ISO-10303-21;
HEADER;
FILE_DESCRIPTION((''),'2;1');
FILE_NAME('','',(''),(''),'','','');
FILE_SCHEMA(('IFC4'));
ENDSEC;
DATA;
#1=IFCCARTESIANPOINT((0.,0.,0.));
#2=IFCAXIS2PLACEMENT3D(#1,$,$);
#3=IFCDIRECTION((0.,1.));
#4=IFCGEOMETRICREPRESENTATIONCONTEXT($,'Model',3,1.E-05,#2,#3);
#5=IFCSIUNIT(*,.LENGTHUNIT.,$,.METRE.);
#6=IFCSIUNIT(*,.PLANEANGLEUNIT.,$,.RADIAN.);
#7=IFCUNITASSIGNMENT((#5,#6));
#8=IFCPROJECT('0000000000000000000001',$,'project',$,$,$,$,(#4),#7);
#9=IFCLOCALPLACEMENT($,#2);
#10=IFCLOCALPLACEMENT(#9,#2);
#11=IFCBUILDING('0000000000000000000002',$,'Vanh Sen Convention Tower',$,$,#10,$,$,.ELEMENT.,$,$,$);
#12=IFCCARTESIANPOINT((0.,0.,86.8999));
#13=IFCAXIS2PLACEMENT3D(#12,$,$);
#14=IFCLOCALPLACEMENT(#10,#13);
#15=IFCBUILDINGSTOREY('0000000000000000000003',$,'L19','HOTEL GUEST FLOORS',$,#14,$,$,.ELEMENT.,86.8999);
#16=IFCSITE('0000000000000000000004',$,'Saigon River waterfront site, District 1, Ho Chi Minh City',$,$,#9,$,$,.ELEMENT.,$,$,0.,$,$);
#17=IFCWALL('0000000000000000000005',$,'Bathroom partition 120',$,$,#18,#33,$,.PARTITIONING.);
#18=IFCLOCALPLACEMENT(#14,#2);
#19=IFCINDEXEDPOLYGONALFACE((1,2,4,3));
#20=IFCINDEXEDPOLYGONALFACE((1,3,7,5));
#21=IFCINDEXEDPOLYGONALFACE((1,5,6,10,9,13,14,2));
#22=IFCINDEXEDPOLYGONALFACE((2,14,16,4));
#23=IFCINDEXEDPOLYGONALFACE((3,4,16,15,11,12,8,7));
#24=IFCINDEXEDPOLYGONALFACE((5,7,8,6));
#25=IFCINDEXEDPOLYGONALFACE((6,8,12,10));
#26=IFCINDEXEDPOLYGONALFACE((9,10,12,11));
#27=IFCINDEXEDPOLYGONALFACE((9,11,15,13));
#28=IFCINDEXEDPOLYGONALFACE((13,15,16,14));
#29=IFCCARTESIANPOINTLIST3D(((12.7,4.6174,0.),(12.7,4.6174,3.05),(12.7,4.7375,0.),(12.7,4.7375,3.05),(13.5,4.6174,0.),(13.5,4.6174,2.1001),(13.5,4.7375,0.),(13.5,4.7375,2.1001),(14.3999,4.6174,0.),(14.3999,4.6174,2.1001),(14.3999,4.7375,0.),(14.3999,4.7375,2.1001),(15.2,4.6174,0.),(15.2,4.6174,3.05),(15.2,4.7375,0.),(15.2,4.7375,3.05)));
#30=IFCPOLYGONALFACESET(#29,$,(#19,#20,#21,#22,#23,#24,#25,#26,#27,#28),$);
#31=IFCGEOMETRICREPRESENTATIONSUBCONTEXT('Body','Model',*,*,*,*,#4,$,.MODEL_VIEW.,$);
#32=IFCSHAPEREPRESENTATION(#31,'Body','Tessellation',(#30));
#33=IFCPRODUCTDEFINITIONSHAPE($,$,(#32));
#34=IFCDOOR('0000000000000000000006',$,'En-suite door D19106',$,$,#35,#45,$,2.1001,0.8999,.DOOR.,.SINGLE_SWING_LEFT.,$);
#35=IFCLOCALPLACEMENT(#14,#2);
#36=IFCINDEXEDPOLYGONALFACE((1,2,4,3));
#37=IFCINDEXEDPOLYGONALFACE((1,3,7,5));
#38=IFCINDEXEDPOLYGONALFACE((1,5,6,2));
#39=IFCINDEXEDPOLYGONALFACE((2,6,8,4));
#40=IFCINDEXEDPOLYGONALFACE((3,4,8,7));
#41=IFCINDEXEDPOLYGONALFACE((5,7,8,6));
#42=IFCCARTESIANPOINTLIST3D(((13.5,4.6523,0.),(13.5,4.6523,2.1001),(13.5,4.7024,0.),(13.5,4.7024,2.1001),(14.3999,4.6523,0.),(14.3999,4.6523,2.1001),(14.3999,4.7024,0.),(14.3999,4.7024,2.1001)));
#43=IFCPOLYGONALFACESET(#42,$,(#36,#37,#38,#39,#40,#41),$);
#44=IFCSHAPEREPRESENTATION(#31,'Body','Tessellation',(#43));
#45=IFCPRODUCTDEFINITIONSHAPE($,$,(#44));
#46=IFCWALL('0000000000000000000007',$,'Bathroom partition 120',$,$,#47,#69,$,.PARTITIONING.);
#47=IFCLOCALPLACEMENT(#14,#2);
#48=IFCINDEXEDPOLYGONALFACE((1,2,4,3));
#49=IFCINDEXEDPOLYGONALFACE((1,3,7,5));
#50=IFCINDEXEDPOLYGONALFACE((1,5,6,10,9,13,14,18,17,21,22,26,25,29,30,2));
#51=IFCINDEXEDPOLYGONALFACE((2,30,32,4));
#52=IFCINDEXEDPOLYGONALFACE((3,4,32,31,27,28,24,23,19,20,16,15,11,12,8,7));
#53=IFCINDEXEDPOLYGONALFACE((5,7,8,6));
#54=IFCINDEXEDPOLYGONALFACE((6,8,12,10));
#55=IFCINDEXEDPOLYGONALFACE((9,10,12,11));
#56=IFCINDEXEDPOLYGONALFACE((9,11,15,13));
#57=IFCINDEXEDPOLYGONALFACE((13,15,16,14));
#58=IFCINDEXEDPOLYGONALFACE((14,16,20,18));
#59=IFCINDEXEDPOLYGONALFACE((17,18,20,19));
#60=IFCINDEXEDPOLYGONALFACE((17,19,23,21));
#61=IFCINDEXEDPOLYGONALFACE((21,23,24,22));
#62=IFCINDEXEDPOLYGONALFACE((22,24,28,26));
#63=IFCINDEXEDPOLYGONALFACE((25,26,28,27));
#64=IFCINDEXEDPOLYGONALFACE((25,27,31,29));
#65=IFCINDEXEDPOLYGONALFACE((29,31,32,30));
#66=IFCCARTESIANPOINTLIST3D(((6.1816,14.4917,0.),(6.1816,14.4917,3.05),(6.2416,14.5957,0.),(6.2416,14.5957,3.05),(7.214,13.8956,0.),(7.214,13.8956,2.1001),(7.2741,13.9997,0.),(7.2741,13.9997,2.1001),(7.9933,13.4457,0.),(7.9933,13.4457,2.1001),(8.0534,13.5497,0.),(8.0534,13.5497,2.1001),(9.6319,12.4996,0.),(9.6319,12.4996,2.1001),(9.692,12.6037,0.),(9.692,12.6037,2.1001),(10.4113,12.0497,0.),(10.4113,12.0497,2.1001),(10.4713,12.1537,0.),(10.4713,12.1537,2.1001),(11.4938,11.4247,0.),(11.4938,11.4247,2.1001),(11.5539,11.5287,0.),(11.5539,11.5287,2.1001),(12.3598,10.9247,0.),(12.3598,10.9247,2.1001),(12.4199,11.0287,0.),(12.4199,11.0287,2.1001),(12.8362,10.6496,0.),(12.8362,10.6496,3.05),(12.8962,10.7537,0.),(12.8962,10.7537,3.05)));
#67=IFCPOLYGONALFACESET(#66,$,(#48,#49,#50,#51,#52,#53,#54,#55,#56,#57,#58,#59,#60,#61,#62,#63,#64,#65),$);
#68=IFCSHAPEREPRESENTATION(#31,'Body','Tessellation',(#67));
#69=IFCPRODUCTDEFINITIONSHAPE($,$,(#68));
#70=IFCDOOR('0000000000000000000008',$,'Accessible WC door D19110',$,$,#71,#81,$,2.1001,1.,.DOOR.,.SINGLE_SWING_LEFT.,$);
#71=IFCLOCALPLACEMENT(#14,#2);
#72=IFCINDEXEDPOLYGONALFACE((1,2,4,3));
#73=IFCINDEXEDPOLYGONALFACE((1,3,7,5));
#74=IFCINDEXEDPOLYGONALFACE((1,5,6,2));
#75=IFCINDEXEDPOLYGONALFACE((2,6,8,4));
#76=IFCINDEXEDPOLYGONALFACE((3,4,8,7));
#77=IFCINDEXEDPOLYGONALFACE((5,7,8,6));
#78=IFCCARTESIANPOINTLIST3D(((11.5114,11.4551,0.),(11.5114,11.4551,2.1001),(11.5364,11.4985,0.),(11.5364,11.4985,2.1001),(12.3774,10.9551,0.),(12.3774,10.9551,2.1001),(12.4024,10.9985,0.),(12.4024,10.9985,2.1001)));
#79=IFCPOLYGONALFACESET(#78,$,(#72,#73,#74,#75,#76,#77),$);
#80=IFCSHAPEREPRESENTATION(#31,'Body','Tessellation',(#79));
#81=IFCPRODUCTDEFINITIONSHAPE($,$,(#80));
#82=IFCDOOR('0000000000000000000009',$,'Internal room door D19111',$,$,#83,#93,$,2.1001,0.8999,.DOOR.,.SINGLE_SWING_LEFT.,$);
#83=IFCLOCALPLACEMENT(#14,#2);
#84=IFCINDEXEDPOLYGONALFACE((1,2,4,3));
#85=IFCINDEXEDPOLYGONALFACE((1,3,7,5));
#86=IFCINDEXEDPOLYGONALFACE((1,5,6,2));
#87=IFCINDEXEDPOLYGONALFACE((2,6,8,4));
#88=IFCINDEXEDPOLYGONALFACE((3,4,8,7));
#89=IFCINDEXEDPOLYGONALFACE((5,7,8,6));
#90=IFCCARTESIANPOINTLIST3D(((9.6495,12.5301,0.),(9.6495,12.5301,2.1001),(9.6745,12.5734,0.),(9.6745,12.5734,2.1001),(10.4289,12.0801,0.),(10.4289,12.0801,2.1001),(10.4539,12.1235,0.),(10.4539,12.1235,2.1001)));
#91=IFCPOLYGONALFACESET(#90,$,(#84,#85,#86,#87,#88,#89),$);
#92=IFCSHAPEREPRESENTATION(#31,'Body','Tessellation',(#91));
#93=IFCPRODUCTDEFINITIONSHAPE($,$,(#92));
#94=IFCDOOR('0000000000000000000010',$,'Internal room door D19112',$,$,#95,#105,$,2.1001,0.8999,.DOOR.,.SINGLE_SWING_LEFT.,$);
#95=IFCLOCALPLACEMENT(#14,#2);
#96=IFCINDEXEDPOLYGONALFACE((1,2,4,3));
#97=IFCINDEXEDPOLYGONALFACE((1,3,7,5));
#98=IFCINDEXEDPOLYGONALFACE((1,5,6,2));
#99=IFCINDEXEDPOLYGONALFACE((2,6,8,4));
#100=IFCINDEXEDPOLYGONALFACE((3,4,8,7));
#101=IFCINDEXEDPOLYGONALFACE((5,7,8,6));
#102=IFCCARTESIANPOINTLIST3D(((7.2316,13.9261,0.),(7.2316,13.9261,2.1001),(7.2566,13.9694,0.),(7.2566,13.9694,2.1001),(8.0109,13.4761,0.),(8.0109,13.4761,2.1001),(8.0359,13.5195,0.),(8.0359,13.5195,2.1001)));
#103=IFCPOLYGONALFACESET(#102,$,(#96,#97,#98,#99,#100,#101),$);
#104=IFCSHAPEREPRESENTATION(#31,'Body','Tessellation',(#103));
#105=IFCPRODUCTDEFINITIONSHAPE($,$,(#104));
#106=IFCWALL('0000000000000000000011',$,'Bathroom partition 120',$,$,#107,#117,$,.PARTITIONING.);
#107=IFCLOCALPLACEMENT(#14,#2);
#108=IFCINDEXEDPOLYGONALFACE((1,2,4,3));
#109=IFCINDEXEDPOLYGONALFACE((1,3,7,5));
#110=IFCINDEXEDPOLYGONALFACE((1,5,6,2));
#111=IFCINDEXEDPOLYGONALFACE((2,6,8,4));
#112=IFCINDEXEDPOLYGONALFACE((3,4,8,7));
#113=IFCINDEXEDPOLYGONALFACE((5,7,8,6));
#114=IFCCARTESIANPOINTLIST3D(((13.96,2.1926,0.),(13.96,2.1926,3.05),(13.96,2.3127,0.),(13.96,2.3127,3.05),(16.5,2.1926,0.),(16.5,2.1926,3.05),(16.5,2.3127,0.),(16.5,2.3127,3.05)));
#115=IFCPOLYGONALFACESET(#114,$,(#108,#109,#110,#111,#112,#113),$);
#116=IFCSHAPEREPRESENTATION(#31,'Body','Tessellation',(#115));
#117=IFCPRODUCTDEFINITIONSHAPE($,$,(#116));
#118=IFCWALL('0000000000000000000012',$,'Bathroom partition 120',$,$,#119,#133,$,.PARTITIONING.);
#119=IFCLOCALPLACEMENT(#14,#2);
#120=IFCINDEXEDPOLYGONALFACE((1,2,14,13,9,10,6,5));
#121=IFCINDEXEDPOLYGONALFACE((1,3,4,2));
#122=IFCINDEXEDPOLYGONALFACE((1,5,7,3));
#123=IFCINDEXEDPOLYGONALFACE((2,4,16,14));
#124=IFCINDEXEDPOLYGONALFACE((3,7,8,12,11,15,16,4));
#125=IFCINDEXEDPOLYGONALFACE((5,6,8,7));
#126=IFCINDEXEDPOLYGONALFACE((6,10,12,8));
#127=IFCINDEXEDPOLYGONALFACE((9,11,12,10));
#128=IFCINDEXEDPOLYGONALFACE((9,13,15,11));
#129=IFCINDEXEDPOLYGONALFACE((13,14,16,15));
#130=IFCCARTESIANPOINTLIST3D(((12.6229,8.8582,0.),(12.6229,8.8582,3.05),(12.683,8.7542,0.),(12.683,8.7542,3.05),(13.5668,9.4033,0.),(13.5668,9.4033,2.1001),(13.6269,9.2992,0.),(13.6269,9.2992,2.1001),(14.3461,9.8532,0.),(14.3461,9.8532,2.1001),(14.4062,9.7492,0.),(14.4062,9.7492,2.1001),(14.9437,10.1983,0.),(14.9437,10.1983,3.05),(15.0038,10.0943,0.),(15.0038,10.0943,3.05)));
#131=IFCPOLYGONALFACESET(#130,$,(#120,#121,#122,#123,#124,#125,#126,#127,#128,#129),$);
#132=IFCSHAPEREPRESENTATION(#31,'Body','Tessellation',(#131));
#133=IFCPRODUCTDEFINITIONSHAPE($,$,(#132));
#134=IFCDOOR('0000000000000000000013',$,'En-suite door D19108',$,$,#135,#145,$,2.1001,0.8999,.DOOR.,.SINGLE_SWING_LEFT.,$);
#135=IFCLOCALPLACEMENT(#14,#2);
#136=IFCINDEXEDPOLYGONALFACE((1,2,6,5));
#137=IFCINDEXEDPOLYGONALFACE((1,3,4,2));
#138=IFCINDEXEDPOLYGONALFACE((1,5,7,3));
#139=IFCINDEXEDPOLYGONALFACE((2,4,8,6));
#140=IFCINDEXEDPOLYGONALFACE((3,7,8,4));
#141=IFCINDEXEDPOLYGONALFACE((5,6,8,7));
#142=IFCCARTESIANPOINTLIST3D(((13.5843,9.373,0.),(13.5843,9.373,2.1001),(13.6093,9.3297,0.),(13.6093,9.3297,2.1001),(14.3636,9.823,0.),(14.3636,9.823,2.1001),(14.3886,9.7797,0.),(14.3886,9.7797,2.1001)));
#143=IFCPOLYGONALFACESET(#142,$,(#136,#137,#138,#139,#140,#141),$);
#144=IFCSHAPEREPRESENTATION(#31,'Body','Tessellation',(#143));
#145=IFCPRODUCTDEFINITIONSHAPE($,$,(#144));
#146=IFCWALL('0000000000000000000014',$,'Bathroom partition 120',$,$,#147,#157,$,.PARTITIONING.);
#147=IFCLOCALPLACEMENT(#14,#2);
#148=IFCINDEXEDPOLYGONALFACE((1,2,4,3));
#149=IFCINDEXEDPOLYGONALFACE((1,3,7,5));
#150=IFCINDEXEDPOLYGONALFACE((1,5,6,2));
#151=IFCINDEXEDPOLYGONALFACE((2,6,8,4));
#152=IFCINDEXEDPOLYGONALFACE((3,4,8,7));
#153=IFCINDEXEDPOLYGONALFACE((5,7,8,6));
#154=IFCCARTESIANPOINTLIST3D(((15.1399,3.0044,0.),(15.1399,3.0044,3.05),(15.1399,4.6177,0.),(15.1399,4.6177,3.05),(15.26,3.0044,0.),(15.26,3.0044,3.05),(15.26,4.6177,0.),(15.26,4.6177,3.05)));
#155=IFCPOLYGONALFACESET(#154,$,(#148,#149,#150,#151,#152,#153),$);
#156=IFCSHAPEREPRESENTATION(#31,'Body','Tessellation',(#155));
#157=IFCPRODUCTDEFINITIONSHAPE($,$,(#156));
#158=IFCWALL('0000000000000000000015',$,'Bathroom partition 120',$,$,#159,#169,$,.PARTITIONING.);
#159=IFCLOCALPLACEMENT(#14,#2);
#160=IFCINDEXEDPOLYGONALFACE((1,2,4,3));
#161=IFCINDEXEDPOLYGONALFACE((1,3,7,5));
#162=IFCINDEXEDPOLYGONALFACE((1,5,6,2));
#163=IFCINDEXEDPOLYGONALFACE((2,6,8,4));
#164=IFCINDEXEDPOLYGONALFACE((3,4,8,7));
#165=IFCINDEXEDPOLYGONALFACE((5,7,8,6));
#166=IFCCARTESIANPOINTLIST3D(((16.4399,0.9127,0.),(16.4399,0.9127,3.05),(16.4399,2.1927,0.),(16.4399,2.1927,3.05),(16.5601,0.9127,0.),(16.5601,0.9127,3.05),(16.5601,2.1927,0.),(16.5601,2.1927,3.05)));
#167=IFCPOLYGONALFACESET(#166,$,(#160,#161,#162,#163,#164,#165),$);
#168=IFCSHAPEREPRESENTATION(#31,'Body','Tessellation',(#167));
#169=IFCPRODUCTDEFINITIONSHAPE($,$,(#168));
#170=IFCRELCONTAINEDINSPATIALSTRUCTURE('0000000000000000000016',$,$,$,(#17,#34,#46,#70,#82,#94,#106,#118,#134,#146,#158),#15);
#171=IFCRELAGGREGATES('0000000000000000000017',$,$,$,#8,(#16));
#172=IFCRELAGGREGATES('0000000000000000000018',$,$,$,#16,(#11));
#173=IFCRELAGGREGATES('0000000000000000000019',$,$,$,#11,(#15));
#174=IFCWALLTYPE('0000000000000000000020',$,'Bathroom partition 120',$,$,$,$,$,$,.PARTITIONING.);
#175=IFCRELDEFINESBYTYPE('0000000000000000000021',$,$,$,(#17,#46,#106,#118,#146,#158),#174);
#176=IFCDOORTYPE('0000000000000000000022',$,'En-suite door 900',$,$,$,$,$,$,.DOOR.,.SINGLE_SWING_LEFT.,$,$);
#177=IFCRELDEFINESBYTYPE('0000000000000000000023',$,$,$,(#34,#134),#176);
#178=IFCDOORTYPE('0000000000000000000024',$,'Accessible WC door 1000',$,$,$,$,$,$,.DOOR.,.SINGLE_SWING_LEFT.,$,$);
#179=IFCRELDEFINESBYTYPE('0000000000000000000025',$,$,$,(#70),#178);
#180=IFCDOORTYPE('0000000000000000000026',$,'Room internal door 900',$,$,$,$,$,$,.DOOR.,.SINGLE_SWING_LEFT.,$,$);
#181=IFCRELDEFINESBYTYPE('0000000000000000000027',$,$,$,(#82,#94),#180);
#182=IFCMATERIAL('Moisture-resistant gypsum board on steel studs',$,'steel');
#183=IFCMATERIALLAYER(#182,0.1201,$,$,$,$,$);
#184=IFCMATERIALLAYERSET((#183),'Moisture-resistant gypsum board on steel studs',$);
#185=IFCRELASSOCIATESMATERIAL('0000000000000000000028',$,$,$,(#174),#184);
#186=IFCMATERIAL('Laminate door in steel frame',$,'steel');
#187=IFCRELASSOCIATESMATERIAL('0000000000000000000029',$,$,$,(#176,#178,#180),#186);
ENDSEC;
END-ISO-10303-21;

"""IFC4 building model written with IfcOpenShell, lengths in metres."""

from ifc_helpers import new_model, si_unit, direction, frame, frame_2d, origin, place, context, subcontext, project, spatial, rectangle, extrude, material, layer, layer_set, type_object, element, fill, save


model = new_model("IFC4")

# Units and contexts
model_context = context("Model", 3, precision=1e-05, world=origin(), true_north=direction((0.0, 1.0)))
body_context = subcontext(model_context, "Body", "Model", "MODEL_VIEW")
ifc_project = project(units=[si_unit("LENGTHUNIT", "METRE"), si_unit("PLANEANGLEUNIT", "RADIAN")], contexts=[model_context])

# Site, building, storey
site_placement = place(None, origin())
site = spatial("IfcSite", under=ifc_project, at=site_placement, Name="Saigon River waterfront site, District 1, Ho Chi Minh City", CompositionType="ELEMENT", RefElevation=0.0)
building_placement = place(site_placement, origin())
building = spatial("IfcBuilding", under=site, at=building_placement, Name="Vanh Sen Convention Tower", CompositionType="ELEMENT")
storey_placement = place(building_placement, frame((0.0, 0.0, 86.8999)))
storey = spatial("IfcBuildingStorey", under=building, at=storey_placement, Name="L19", Description="HOTEL GUEST FLOORS", CompositionType="ELEMENT", Elevation=86.8999)

# Shared definitions
ifc_material_1 = material(Name="Moisture-resistant gypsum board on steel studs", Category="steel")
ifc_layer_1 = layer(ifc_material_1, 0.1201)
ifc_layer_set_1 = layer_set([ifc_layer_1], Name="Moisture-resistant gypsum board on steel studs")
wall_type_1 = type_object("IfcWallType", Name="Bathroom partition 120", PredefinedType="PARTITIONING", material=ifc_layer_set_1)

# Wall, opening, door
wall_1_placement = place(storey_placement, frame((12.7, 4.6775, 0.0), z_axis=(0.0, 0.0, 1.0), x_axis=(1.0, 0.0, 0.0)))
wall_1 = element("IfcWall", 1, at=wall_1_placement, inside=storey, type_object=wall_type_1, Name="Bathroom partition 120", PredefinedType="PARTITIONING", context=body_context, shape_type="SweptSolid", body=[
    extrude(rectangle(XDim=2.5, YDim=0.1201, at=frame_2d((1.25, 0.0))), origin(), (0.0, 0.0, 1.0), 3.05),
])
opening_1_placement = place(wall_1_placement, frame((0.8, 0.0, 0.0)))
opening_1 = element("IfcOpeningElement", 2, at=opening_1_placement, cuts=wall_1, PredefinedType="OPENING", context=body_context, shape_type="SweptSolid", body=[
    extrude(rectangle(XDim=0.8999, YDim=2.1001, at=frame_2d((0.45, 1.05))), frame((0.0, 0.0701, 0.0), z_axis=(0.0, -1.0, 0.0), x_axis=(1.0, 0.0, 0.0)), (0.0, 0.0, 1.0), 0.1401),
])
ifc_material_2 = material(Name="Laminate door in steel frame", Category="steel")
door_type_1 = type_object("IfcDoorType", Name="En-suite door 900", OperationType="SINGLE_SWING_LEFT", PredefinedType="DOOR", material=ifc_material_2)
door_1_placement = place(opening_1_placement, origin())
door_1 = element("IfcDoor", 3, at=door_1_placement, inside=storey, type_object=door_type_1, Name="En-suite door D19106", OperationType="SINGLE_SWING_LEFT", OverallHeight=2.1001, OverallWidth=0.8999, PredefinedType="DOOR", context=body_context, shape_type="SweptSolid", body=[
    extrude(rectangle(XDim=0.8999, YDim=2.1001, at=frame_2d((0.45, 1.05))), frame((0.0, 0.0249, 0.0), z_axis=(0.0, -1.0, 0.0), x_axis=(1.0, 0.0, 0.0)), (0.0, 0.0, 1.0), 0.05),
])
fill(opening_1, door_1)

# Wall, openings, doors
wall_2_placement = place(storey_placement, frame((12.8662, 10.7017, 0.0), z_axis=(0.0, 0.0, 1.0), x_axis=(-0.866023, 0.500004, 0.0)))
wall_2 = element("IfcWall", 4, at=wall_2_placement, inside=storey, type_object=wall_type_1, Name="Bathroom partition 120", PredefinedType="PARTITIONING", context=body_context, shape_type="SweptSolid", body=[
    extrude(rectangle(XDim=7.6841, YDim=0.1201, at=frame_2d((3.842, 0.0))), origin(), (0.0, 0.0, 1.0), 3.05),
])
opening_2_placement = place(wall_2_placement, frame((0.55, 0.0, 0.0)))
opening_2 = element("IfcOpeningElement", 5, at=opening_2_placement, cuts=wall_2, PredefinedType="OPENING", context=body_context, shape_type="SweptSolid", body=[
    extrude(rectangle(XDim=1.0, YDim=2.1001, at=frame_2d((0.5, 1.05))), frame((0.0, 0.0701, 0.0), z_axis=(0.0, -1.0, 0.0), x_axis=(1.0, 0.0, 0.0)), (0.0, 0.0, 1.0), 0.1401),
])
opening_3_placement = place(wall_2_placement, frame((2.8, 0.0, 0.0)))
opening_3 = element("IfcOpeningElement", 6, at=opening_3_placement, cuts=wall_2, PredefinedType="OPENING", context=body_context, shape_type="SweptSolid", body=[
    extrude(rectangle(XDim=0.8999, YDim=2.1001, at=frame_2d((0.45, 1.05))), frame((0.0, 0.0701, 0.0), z_axis=(0.0, -1.0, 0.0), x_axis=(1.0, 0.0, 0.0)), (0.0, 0.0, 1.0), 0.1401),
])
opening_4_placement = place(wall_2_placement, frame((5.592, 0.0, 0.0)))
opening_4 = element("IfcOpeningElement", 7, at=opening_4_placement, cuts=wall_2, PredefinedType="OPENING", context=body_context, shape_type="SweptSolid", body=[
    extrude(rectangle(XDim=0.8999, YDim=2.1001, at=frame_2d((0.45, 1.05))), frame((0.0, 0.0701, 0.0), z_axis=(0.0, -1.0, 0.0), x_axis=(1.0, 0.0, 0.0)), (0.0, 0.0, 1.0), 0.1401),
])
door_type_2 = type_object("IfcDoorType", Name="Accessible WC door 1000", OperationType="SINGLE_SWING_LEFT", PredefinedType="DOOR", material=ifc_material_2)
door_2_placement = place(opening_2_placement, origin())
door_2 = element("IfcDoor", 8, at=door_2_placement, inside=storey, type_object=door_type_2, Name="Accessible WC door D19110", OperationType="SINGLE_SWING_LEFT", OverallHeight=2.1001, OverallWidth=1.0, PredefinedType="DOOR", context=body_context, shape_type="SweptSolid", body=[
    extrude(rectangle(XDim=1.0, YDim=2.1001, at=frame_2d((0.5, 1.05))), frame((0.0, 0.0249, 0.0), z_axis=(0.0, -1.0, 0.0), x_axis=(1.0, 0.0, 0.0)), (0.0, 0.0, 1.0), 0.05),
])
fill(opening_2, door_2)
door_type_3 = type_object("IfcDoorType", Name="Room internal door 900", OperationType="SINGLE_SWING_LEFT", PredefinedType="DOOR", material=ifc_material_2)
door_3_placement = place(opening_3_placement, origin())
door_3 = element("IfcDoor", 9, at=door_3_placement, inside=storey, type_object=door_type_3, Name="Internal room door D19111", OperationType="SINGLE_SWING_LEFT", OverallHeight=2.1001, OverallWidth=0.8999, PredefinedType="DOOR", context=body_context, shape_type="SweptSolid", body=[
    extrude(rectangle(XDim=0.8999, YDim=2.1001, at=frame_2d((0.45, 1.05))), frame((0.0, 0.0249, 0.0), z_axis=(0.0, -1.0, 0.0), x_axis=(1.0, 0.0, 0.0)), (0.0, 0.0, 1.0), 0.05),
])
fill(opening_3, door_3)
door_4_placement = place(opening_4_placement, origin())
door_4 = element("IfcDoor", 10, at=door_4_placement, inside=storey, type_object=door_type_3, Name="Internal room door D19112", OperationType="SINGLE_SWING_LEFT", OverallHeight=2.1001, OverallWidth=0.8999, PredefinedType="DOOR", context=body_context, shape_type="SweptSolid", body=[
    extrude(rectangle(XDim=0.8999, YDim=2.1001, at=frame_2d((0.45, 1.05))), frame((0.0, 0.0249, 0.0), z_axis=(0.0, -1.0, 0.0), x_axis=(1.0, 0.0, 0.0)), (0.0, 0.0, 1.0), 0.05),
])
fill(opening_4, door_4)

# Wall
wall_3_placement = place(storey_placement, frame((13.96, 2.2527, 0.0), z_axis=(0.0, 0.0, 1.0), x_axis=(1.0, 0.0, 0.0)))
element("IfcWall", 11, at=wall_3_placement, inside=storey, type_object=wall_type_1, Name="Bathroom partition 120", PredefinedType="PARTITIONING", context=body_context, shape_type="SweptSolid", body=[
    extrude(rectangle(XDim=2.54, YDim=0.1201, at=frame_2d((1.27, 0.0))), origin(), (0.0, 0.0, 1.0), 3.05),
])

# Wall, opening, door
wall_4_placement = place(storey_placement, frame((14.9736, 10.1462, 0.0), z_axis=(0.0, 0.0, 1.0), x_axis=(-0.865997, -0.500048, 0.0)))
wall_4 = element("IfcWall", 12, at=wall_4_placement, inside=storey, type_object=wall_type_1, Name="Bathroom partition 120", PredefinedType="PARTITIONING", context=body_context, shape_type="SweptSolid", body=[
    extrude(rectangle(XDim=2.6799, YDim=0.1201, at=frame_2d((1.3398, 0.0))), origin(), (0.0, 0.0, 1.0), 3.05),
])
opening_5_placement = place(wall_4_placement, frame((0.6899, 0.0, 0.0)))
opening_5 = element("IfcOpeningElement", 13, at=opening_5_placement, cuts=wall_4, PredefinedType="OPENING", context=body_context, shape_type="SweptSolid", body=[
    extrude(rectangle(XDim=0.8999, YDim=2.1001, at=frame_2d((0.45, 1.05))), frame((0.0, 0.0701, 0.0), z_axis=(0.0, -1.0, 0.0), x_axis=(1.0, 0.0, 0.0)), (0.0, 0.0, 1.0), 0.1401),
])
door_5_placement = place(opening_5_placement, origin())
door_5 = element("IfcDoor", 14, at=door_5_placement, inside=storey, type_object=door_type_1, Name="En-suite door D19108", OperationType="SINGLE_SWING_LEFT", OverallHeight=2.1001, OverallWidth=0.8999, PredefinedType="DOOR", context=body_context, shape_type="SweptSolid", body=[
    extrude(rectangle(XDim=0.8999, YDim=2.1001, at=frame_2d((0.45, 1.05))), frame((0.0, 0.0249, 0.0), z_axis=(0.0, -1.0, 0.0), x_axis=(1.0, 0.0, 0.0)), (0.0, 0.0, 1.0), 0.05),
])
fill(opening_5, door_5)

# Walls
wall_5_placement = place(storey_placement, frame((15.2, 4.6177, 0.0), z_axis=(0.0, 0.0, 1.0), x_axis=(0.0, -1.0, 0.0)))
element("IfcWall", 15, at=wall_5_placement, inside=storey, type_object=wall_type_1, Name="Bathroom partition 120", PredefinedType="PARTITIONING", context=body_context, shape_type="SweptSolid", body=[
    extrude(rectangle(XDim=1.6133, YDim=0.1201, at=frame_2d((0.8066, 0.0))), origin(), (0.0, 0.0, 1.0), 3.05),
])
wall_6_placement = place(storey_placement, frame((16.5, 2.1929, 0.0), z_axis=(0.0, 0.0, 1.0), x_axis=(0.0, -1.0, 0.0)))
element("IfcWall", 16, at=wall_6_placement, inside=storey, type_object=wall_type_1, Name="Bathroom partition 120", PredefinedType="PARTITIONING", context=body_context, shape_type="SweptSolid", body=[
    extrude(rectangle(XDim=1.28, YDim=0.1201, at=frame_2d((0.6401, 0.0))), origin(), (0.0, 0.0, 1.0), 3.05),
])

save(model, "model.ifc")
